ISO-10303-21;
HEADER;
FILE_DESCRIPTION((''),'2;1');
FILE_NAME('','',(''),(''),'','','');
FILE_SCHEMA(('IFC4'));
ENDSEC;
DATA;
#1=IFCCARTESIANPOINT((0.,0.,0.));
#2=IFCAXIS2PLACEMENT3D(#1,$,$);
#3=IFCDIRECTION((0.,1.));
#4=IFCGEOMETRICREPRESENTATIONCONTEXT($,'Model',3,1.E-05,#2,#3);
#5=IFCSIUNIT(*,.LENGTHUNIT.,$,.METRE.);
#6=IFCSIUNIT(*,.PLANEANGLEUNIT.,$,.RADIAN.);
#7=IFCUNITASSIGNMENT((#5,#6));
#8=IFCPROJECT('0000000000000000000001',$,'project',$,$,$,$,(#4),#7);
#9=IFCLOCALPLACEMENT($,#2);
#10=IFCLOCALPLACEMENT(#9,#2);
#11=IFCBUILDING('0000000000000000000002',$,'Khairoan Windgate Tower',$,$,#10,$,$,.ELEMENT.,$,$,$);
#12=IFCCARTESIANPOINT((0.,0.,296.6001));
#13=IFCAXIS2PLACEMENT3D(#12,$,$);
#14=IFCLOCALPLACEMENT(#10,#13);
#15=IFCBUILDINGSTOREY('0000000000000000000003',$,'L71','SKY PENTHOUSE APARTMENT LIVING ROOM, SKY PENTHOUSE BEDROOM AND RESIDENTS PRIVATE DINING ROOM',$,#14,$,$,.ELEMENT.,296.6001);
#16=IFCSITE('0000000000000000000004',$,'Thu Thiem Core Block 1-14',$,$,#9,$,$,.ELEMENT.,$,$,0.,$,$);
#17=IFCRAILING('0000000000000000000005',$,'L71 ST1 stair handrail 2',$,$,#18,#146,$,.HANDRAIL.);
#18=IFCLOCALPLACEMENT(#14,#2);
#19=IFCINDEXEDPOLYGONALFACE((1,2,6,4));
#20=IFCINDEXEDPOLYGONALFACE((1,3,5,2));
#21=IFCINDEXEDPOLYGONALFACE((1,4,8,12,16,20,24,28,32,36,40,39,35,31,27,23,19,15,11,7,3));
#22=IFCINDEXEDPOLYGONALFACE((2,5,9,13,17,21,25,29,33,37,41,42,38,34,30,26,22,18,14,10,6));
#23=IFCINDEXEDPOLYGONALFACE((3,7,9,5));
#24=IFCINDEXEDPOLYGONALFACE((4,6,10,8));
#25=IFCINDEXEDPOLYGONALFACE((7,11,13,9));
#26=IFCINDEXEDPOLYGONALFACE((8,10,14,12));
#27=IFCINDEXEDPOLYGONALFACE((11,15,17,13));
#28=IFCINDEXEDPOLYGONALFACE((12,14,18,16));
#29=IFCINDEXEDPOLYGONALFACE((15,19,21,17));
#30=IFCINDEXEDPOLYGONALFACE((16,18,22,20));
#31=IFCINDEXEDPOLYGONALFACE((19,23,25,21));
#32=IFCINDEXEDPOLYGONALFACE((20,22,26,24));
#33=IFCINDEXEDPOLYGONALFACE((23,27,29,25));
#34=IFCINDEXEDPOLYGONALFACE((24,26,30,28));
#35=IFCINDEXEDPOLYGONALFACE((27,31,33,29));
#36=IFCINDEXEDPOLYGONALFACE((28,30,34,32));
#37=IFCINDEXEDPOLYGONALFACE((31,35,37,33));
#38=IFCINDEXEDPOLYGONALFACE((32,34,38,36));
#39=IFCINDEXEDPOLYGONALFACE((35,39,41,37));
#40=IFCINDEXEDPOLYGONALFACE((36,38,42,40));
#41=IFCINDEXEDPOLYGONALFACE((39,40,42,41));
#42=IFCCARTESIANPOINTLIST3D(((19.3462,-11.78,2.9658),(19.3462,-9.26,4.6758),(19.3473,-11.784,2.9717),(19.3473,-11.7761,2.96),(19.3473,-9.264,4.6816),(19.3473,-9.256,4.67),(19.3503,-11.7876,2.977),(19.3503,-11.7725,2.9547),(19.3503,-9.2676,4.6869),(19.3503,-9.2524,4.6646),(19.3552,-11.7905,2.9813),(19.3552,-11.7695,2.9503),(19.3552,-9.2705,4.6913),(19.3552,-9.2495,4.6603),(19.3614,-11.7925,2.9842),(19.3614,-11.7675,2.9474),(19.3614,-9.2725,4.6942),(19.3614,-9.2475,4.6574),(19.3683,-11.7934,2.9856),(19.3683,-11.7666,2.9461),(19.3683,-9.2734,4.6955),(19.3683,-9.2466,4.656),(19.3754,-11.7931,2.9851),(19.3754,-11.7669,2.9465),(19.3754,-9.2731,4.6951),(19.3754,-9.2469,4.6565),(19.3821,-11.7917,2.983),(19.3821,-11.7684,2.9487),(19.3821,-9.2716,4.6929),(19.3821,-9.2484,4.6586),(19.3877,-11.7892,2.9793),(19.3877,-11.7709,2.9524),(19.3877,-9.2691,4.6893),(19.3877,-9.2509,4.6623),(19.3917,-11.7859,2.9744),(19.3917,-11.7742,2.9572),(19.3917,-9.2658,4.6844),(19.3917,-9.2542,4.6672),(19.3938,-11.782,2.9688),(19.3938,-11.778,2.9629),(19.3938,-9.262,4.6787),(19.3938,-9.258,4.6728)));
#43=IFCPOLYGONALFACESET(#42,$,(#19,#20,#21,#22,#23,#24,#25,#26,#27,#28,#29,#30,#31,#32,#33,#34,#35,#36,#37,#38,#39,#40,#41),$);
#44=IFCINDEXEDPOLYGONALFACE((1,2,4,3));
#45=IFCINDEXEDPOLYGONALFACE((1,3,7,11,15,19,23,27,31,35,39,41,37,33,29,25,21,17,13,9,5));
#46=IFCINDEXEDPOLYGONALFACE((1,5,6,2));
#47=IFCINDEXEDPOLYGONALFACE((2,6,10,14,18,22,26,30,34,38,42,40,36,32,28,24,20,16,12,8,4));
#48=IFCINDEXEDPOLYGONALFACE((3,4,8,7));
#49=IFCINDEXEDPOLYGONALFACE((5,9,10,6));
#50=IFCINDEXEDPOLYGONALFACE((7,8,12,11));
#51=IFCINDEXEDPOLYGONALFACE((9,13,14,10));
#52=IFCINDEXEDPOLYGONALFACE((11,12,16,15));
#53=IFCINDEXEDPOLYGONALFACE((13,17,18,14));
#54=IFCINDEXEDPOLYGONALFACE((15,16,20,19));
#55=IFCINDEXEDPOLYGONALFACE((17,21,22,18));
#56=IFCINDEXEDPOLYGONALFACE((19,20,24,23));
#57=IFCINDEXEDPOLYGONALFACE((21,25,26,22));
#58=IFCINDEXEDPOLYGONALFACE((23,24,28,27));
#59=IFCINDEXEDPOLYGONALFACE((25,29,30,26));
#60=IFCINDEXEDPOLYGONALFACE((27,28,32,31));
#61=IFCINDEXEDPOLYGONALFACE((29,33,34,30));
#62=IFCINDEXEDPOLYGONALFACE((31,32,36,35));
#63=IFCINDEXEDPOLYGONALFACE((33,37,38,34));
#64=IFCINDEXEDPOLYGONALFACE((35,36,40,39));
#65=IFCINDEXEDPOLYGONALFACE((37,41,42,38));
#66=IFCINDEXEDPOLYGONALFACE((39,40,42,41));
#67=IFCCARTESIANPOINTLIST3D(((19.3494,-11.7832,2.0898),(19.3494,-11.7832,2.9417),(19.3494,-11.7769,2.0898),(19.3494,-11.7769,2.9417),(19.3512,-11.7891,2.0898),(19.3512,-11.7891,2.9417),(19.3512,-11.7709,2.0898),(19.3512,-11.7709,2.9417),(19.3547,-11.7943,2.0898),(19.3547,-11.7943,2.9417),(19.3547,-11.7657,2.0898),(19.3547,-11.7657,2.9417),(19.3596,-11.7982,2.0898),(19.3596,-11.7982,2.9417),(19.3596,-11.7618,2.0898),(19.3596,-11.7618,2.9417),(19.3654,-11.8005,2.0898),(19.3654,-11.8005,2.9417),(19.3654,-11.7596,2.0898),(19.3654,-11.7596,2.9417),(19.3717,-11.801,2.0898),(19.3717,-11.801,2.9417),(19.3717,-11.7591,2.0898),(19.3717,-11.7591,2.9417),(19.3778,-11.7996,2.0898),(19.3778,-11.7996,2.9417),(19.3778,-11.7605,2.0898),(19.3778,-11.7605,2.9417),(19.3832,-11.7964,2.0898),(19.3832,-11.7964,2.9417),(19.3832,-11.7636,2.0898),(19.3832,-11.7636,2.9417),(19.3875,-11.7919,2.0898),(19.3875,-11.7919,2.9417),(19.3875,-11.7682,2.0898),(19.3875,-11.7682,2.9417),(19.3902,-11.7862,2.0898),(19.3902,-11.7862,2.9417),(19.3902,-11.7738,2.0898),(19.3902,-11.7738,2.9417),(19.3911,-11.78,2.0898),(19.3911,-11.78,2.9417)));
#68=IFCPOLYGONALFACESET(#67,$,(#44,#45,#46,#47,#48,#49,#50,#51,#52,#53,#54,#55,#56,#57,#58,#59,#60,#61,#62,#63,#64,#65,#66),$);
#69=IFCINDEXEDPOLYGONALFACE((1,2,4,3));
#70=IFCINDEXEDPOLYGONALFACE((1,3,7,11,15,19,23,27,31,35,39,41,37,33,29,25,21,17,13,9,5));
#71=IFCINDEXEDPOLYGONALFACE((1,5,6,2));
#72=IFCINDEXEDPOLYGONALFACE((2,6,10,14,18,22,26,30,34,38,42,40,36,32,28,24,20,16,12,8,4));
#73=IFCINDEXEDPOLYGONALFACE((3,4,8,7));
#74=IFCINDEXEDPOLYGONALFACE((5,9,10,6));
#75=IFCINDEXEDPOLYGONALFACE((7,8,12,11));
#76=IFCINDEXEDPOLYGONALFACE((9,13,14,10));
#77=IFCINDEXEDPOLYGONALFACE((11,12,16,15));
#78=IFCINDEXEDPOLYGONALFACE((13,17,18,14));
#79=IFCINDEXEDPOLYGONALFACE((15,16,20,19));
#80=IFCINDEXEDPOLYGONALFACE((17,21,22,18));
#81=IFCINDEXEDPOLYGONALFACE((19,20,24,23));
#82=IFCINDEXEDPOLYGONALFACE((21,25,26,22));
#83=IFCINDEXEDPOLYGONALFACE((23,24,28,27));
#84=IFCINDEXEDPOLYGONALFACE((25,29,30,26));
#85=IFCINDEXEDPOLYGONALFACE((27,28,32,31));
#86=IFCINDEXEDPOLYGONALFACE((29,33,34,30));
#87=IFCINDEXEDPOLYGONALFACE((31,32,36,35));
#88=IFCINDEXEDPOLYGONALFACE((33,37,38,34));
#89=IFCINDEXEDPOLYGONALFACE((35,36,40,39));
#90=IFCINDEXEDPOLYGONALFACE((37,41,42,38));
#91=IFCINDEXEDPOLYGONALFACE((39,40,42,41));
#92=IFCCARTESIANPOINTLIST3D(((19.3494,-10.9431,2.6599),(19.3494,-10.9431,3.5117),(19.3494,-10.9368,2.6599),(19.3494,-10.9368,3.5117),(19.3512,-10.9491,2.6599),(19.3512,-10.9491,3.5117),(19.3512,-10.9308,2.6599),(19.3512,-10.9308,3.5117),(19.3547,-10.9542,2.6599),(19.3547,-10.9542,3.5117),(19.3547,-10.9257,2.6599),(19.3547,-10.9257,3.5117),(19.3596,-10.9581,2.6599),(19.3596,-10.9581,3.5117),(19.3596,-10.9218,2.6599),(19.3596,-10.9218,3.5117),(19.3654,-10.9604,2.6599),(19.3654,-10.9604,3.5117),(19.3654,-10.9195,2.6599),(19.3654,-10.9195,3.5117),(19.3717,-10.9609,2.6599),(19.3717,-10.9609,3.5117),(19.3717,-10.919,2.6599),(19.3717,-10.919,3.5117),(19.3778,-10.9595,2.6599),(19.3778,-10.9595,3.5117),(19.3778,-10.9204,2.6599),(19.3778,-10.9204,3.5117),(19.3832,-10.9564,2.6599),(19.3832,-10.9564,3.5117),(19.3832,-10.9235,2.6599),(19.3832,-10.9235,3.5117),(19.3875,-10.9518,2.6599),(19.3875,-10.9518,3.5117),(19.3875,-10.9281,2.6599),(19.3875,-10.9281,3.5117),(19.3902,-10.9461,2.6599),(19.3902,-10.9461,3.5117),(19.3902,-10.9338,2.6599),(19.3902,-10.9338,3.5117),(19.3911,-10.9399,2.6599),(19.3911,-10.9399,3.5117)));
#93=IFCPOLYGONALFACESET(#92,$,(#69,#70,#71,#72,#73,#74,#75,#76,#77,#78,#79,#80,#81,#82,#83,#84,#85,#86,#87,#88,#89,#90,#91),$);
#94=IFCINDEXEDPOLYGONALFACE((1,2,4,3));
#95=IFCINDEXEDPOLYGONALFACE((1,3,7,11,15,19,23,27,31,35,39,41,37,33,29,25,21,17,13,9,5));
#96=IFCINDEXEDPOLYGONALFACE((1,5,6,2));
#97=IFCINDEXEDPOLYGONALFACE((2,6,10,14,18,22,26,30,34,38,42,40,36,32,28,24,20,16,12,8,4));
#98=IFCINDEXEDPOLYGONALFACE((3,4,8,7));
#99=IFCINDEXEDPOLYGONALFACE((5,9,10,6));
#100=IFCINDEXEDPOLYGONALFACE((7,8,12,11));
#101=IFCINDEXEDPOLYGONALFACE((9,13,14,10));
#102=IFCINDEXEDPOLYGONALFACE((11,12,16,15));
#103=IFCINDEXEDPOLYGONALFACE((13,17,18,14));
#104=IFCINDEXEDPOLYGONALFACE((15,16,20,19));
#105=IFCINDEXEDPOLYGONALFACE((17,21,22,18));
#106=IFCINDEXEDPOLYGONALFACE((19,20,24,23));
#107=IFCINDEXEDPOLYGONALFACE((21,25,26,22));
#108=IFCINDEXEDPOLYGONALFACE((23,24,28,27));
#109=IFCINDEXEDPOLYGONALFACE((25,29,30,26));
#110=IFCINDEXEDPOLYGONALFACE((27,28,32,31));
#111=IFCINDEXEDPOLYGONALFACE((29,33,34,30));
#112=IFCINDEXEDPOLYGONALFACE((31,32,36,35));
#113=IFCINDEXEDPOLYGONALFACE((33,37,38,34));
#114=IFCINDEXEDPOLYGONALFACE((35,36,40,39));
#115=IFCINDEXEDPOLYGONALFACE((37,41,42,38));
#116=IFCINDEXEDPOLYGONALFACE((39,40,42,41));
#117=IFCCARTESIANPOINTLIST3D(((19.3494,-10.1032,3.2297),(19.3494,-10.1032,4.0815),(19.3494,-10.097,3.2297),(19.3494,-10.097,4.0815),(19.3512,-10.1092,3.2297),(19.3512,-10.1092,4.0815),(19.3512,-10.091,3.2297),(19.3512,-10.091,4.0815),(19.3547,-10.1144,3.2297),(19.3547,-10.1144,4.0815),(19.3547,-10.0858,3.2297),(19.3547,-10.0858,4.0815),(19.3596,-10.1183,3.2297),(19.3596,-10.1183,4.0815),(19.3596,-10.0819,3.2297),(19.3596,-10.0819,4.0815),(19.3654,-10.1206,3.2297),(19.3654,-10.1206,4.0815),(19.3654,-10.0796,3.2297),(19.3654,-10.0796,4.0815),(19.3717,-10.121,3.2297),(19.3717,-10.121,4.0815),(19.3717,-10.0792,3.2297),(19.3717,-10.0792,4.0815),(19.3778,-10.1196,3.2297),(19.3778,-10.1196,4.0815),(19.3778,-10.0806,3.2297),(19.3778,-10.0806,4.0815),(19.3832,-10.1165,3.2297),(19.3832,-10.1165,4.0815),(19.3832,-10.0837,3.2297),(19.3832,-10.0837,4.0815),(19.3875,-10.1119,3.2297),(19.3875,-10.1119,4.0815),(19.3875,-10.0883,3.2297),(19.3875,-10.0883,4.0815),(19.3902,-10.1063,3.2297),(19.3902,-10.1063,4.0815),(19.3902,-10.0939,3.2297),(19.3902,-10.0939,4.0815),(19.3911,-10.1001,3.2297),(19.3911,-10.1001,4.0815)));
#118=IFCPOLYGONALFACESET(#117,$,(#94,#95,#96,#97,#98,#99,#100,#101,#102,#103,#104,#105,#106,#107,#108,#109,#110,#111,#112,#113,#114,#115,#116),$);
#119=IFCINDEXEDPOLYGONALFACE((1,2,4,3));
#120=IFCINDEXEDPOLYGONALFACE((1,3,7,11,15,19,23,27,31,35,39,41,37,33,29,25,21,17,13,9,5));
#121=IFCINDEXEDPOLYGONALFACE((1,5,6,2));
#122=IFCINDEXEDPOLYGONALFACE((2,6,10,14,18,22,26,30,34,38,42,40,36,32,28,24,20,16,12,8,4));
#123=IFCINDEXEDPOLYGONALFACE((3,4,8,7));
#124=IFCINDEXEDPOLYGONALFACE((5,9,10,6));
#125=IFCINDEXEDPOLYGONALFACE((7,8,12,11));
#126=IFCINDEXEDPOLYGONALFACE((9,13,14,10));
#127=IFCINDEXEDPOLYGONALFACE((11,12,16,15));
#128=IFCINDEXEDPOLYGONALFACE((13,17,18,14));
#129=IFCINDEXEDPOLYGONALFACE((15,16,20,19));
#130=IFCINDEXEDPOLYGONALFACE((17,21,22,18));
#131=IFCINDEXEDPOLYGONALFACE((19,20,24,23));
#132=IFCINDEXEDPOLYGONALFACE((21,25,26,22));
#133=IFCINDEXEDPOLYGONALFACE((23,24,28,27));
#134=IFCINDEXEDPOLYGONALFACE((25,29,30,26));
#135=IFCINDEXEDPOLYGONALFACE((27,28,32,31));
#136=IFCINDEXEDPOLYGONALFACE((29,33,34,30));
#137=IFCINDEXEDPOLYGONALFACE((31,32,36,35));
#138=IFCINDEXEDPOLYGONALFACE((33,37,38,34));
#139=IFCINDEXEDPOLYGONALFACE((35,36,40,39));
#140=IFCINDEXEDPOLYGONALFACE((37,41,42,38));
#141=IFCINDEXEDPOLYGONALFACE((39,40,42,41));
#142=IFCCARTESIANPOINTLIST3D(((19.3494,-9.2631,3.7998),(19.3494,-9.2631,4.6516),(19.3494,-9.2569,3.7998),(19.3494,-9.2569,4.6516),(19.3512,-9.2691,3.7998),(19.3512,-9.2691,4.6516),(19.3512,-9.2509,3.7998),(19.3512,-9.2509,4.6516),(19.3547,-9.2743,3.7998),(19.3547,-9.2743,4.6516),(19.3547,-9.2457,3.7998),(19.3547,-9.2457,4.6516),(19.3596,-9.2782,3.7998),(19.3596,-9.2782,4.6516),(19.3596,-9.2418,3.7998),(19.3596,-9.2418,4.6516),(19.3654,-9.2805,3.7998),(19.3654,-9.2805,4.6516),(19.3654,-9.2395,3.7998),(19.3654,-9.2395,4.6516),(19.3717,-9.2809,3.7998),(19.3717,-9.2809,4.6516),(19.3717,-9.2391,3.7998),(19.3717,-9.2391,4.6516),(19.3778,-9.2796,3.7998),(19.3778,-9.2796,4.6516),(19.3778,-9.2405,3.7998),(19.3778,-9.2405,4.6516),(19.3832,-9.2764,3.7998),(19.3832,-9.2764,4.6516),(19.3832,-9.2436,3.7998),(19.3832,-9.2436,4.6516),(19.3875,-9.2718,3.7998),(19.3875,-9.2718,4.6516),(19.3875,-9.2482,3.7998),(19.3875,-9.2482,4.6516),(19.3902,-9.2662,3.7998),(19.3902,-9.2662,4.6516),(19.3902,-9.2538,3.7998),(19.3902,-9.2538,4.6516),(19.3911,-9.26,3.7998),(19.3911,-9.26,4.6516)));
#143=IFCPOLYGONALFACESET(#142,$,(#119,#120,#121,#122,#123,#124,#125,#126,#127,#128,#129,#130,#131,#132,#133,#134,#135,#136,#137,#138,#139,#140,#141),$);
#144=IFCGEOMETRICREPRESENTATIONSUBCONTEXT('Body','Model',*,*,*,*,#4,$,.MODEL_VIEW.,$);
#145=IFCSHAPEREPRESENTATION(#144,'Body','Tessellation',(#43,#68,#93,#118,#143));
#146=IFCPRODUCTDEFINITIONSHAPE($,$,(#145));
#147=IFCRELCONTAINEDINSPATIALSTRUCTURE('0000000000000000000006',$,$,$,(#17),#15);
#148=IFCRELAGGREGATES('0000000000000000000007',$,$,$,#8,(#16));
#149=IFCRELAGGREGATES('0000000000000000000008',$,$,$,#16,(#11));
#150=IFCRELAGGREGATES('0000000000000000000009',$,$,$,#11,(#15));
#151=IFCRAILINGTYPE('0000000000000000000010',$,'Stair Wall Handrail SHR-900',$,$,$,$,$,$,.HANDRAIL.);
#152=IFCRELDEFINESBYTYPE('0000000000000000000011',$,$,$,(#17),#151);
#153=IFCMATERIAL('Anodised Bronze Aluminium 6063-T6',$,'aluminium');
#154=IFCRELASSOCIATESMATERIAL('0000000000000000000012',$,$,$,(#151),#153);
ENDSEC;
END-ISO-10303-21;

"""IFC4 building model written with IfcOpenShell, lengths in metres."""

from ifc_helpers import new_model, si_unit, direction, frame, origin, origin_2d, place, context, subcontext, project, spatial, circle, extrude, material, type_object, element, save


model = new_model("IFC4")

# Units and contexts
model_context = context("Model", 3, precision=1e-05, world=origin(), true_north=direction((0.0, 1.0)))
body_context = subcontext(model_context, "Body", "Model", "MODEL_VIEW")
ifc_project = project(units=[si_unit("LENGTHUNIT", "METRE"), si_unit("PLANEANGLEUNIT", "RADIAN")], contexts=[model_context])

# Site, building, storey
site_placement = place(None, origin())
site = spatial("IfcSite", under=ifc_project, at=site_placement, Name="Thu Thiem Core Block 1-14", CompositionType="ELEMENT", RefElevation=0.0)
building_placement = place(site_placement, origin())
building = spatial("IfcBuilding", under=site, at=building_placement, Name="Khairoan Windgate Tower", CompositionType="ELEMENT")
storey_placement = place(building_placement, frame((0.0, 0.0, 296.6001)))
storey = spatial("IfcBuildingStorey", under=building, at=storey_placement, Name="L71", Description="SKY PENTHOUSE APARTMENT LIVING ROOM, SKY PENTHOUSE BEDROOM AND RESIDENTS PRIVATE DINING ROOM", CompositionType="ELEMENT", Elevation=296.6001)

# Railing
ifc_material_1 = material(Name="Anodised Bronze Aluminium 6063-T6", Category="aluminium")
railing_type_1 = type_object("IfcRailingType", Name="Stair Wall Handrail SHR-900", PredefinedType="HANDRAIL", material=ifc_material_1)
railing_1_placement = place(storey_placement, frame((19.3701, -11.78, 2.0898)))
element("IfcRailing", 1, at=railing_1_placement, inside=storey, type_object=railing_type_1, Name="L71 ST1 stair handrail 2", PredefinedType="HANDRAIL", context=body_context, shape_type="SweptSolid", body=[
    extrude(circle(Radius=0.0239, at=origin_2d()), frame((0.0, 0.0, 0.876), z_axis=(0.0, 0.827484, 0.56149), x_axis=(-1.0, 0.0, 0.0)), (0.0, 0.0, 1.0), 3.0454),
    extrude(circle(Radius=0.021, at=origin_2d()), origin(), (0.0, 0.0, 1.0), 0.8518),
    extrude(circle(Radius=0.021, at=origin_2d()), frame((0.0, 0.8401, 0.5701)), (0.0, 0.0, 1.0), 0.8518),
    extrude(circle(Radius=0.021, at=origin_2d()), frame((0.0, 1.6799, 1.1399)), (0.0, 0.0, 1.0), 0.8518),
    extrude(circle(Radius=0.021, at=origin_2d()), frame((0.0, 2.52, 1.71)), (0.0, 0.0, 1.0), 0.8518),
])

save(model, "model.ifc")
